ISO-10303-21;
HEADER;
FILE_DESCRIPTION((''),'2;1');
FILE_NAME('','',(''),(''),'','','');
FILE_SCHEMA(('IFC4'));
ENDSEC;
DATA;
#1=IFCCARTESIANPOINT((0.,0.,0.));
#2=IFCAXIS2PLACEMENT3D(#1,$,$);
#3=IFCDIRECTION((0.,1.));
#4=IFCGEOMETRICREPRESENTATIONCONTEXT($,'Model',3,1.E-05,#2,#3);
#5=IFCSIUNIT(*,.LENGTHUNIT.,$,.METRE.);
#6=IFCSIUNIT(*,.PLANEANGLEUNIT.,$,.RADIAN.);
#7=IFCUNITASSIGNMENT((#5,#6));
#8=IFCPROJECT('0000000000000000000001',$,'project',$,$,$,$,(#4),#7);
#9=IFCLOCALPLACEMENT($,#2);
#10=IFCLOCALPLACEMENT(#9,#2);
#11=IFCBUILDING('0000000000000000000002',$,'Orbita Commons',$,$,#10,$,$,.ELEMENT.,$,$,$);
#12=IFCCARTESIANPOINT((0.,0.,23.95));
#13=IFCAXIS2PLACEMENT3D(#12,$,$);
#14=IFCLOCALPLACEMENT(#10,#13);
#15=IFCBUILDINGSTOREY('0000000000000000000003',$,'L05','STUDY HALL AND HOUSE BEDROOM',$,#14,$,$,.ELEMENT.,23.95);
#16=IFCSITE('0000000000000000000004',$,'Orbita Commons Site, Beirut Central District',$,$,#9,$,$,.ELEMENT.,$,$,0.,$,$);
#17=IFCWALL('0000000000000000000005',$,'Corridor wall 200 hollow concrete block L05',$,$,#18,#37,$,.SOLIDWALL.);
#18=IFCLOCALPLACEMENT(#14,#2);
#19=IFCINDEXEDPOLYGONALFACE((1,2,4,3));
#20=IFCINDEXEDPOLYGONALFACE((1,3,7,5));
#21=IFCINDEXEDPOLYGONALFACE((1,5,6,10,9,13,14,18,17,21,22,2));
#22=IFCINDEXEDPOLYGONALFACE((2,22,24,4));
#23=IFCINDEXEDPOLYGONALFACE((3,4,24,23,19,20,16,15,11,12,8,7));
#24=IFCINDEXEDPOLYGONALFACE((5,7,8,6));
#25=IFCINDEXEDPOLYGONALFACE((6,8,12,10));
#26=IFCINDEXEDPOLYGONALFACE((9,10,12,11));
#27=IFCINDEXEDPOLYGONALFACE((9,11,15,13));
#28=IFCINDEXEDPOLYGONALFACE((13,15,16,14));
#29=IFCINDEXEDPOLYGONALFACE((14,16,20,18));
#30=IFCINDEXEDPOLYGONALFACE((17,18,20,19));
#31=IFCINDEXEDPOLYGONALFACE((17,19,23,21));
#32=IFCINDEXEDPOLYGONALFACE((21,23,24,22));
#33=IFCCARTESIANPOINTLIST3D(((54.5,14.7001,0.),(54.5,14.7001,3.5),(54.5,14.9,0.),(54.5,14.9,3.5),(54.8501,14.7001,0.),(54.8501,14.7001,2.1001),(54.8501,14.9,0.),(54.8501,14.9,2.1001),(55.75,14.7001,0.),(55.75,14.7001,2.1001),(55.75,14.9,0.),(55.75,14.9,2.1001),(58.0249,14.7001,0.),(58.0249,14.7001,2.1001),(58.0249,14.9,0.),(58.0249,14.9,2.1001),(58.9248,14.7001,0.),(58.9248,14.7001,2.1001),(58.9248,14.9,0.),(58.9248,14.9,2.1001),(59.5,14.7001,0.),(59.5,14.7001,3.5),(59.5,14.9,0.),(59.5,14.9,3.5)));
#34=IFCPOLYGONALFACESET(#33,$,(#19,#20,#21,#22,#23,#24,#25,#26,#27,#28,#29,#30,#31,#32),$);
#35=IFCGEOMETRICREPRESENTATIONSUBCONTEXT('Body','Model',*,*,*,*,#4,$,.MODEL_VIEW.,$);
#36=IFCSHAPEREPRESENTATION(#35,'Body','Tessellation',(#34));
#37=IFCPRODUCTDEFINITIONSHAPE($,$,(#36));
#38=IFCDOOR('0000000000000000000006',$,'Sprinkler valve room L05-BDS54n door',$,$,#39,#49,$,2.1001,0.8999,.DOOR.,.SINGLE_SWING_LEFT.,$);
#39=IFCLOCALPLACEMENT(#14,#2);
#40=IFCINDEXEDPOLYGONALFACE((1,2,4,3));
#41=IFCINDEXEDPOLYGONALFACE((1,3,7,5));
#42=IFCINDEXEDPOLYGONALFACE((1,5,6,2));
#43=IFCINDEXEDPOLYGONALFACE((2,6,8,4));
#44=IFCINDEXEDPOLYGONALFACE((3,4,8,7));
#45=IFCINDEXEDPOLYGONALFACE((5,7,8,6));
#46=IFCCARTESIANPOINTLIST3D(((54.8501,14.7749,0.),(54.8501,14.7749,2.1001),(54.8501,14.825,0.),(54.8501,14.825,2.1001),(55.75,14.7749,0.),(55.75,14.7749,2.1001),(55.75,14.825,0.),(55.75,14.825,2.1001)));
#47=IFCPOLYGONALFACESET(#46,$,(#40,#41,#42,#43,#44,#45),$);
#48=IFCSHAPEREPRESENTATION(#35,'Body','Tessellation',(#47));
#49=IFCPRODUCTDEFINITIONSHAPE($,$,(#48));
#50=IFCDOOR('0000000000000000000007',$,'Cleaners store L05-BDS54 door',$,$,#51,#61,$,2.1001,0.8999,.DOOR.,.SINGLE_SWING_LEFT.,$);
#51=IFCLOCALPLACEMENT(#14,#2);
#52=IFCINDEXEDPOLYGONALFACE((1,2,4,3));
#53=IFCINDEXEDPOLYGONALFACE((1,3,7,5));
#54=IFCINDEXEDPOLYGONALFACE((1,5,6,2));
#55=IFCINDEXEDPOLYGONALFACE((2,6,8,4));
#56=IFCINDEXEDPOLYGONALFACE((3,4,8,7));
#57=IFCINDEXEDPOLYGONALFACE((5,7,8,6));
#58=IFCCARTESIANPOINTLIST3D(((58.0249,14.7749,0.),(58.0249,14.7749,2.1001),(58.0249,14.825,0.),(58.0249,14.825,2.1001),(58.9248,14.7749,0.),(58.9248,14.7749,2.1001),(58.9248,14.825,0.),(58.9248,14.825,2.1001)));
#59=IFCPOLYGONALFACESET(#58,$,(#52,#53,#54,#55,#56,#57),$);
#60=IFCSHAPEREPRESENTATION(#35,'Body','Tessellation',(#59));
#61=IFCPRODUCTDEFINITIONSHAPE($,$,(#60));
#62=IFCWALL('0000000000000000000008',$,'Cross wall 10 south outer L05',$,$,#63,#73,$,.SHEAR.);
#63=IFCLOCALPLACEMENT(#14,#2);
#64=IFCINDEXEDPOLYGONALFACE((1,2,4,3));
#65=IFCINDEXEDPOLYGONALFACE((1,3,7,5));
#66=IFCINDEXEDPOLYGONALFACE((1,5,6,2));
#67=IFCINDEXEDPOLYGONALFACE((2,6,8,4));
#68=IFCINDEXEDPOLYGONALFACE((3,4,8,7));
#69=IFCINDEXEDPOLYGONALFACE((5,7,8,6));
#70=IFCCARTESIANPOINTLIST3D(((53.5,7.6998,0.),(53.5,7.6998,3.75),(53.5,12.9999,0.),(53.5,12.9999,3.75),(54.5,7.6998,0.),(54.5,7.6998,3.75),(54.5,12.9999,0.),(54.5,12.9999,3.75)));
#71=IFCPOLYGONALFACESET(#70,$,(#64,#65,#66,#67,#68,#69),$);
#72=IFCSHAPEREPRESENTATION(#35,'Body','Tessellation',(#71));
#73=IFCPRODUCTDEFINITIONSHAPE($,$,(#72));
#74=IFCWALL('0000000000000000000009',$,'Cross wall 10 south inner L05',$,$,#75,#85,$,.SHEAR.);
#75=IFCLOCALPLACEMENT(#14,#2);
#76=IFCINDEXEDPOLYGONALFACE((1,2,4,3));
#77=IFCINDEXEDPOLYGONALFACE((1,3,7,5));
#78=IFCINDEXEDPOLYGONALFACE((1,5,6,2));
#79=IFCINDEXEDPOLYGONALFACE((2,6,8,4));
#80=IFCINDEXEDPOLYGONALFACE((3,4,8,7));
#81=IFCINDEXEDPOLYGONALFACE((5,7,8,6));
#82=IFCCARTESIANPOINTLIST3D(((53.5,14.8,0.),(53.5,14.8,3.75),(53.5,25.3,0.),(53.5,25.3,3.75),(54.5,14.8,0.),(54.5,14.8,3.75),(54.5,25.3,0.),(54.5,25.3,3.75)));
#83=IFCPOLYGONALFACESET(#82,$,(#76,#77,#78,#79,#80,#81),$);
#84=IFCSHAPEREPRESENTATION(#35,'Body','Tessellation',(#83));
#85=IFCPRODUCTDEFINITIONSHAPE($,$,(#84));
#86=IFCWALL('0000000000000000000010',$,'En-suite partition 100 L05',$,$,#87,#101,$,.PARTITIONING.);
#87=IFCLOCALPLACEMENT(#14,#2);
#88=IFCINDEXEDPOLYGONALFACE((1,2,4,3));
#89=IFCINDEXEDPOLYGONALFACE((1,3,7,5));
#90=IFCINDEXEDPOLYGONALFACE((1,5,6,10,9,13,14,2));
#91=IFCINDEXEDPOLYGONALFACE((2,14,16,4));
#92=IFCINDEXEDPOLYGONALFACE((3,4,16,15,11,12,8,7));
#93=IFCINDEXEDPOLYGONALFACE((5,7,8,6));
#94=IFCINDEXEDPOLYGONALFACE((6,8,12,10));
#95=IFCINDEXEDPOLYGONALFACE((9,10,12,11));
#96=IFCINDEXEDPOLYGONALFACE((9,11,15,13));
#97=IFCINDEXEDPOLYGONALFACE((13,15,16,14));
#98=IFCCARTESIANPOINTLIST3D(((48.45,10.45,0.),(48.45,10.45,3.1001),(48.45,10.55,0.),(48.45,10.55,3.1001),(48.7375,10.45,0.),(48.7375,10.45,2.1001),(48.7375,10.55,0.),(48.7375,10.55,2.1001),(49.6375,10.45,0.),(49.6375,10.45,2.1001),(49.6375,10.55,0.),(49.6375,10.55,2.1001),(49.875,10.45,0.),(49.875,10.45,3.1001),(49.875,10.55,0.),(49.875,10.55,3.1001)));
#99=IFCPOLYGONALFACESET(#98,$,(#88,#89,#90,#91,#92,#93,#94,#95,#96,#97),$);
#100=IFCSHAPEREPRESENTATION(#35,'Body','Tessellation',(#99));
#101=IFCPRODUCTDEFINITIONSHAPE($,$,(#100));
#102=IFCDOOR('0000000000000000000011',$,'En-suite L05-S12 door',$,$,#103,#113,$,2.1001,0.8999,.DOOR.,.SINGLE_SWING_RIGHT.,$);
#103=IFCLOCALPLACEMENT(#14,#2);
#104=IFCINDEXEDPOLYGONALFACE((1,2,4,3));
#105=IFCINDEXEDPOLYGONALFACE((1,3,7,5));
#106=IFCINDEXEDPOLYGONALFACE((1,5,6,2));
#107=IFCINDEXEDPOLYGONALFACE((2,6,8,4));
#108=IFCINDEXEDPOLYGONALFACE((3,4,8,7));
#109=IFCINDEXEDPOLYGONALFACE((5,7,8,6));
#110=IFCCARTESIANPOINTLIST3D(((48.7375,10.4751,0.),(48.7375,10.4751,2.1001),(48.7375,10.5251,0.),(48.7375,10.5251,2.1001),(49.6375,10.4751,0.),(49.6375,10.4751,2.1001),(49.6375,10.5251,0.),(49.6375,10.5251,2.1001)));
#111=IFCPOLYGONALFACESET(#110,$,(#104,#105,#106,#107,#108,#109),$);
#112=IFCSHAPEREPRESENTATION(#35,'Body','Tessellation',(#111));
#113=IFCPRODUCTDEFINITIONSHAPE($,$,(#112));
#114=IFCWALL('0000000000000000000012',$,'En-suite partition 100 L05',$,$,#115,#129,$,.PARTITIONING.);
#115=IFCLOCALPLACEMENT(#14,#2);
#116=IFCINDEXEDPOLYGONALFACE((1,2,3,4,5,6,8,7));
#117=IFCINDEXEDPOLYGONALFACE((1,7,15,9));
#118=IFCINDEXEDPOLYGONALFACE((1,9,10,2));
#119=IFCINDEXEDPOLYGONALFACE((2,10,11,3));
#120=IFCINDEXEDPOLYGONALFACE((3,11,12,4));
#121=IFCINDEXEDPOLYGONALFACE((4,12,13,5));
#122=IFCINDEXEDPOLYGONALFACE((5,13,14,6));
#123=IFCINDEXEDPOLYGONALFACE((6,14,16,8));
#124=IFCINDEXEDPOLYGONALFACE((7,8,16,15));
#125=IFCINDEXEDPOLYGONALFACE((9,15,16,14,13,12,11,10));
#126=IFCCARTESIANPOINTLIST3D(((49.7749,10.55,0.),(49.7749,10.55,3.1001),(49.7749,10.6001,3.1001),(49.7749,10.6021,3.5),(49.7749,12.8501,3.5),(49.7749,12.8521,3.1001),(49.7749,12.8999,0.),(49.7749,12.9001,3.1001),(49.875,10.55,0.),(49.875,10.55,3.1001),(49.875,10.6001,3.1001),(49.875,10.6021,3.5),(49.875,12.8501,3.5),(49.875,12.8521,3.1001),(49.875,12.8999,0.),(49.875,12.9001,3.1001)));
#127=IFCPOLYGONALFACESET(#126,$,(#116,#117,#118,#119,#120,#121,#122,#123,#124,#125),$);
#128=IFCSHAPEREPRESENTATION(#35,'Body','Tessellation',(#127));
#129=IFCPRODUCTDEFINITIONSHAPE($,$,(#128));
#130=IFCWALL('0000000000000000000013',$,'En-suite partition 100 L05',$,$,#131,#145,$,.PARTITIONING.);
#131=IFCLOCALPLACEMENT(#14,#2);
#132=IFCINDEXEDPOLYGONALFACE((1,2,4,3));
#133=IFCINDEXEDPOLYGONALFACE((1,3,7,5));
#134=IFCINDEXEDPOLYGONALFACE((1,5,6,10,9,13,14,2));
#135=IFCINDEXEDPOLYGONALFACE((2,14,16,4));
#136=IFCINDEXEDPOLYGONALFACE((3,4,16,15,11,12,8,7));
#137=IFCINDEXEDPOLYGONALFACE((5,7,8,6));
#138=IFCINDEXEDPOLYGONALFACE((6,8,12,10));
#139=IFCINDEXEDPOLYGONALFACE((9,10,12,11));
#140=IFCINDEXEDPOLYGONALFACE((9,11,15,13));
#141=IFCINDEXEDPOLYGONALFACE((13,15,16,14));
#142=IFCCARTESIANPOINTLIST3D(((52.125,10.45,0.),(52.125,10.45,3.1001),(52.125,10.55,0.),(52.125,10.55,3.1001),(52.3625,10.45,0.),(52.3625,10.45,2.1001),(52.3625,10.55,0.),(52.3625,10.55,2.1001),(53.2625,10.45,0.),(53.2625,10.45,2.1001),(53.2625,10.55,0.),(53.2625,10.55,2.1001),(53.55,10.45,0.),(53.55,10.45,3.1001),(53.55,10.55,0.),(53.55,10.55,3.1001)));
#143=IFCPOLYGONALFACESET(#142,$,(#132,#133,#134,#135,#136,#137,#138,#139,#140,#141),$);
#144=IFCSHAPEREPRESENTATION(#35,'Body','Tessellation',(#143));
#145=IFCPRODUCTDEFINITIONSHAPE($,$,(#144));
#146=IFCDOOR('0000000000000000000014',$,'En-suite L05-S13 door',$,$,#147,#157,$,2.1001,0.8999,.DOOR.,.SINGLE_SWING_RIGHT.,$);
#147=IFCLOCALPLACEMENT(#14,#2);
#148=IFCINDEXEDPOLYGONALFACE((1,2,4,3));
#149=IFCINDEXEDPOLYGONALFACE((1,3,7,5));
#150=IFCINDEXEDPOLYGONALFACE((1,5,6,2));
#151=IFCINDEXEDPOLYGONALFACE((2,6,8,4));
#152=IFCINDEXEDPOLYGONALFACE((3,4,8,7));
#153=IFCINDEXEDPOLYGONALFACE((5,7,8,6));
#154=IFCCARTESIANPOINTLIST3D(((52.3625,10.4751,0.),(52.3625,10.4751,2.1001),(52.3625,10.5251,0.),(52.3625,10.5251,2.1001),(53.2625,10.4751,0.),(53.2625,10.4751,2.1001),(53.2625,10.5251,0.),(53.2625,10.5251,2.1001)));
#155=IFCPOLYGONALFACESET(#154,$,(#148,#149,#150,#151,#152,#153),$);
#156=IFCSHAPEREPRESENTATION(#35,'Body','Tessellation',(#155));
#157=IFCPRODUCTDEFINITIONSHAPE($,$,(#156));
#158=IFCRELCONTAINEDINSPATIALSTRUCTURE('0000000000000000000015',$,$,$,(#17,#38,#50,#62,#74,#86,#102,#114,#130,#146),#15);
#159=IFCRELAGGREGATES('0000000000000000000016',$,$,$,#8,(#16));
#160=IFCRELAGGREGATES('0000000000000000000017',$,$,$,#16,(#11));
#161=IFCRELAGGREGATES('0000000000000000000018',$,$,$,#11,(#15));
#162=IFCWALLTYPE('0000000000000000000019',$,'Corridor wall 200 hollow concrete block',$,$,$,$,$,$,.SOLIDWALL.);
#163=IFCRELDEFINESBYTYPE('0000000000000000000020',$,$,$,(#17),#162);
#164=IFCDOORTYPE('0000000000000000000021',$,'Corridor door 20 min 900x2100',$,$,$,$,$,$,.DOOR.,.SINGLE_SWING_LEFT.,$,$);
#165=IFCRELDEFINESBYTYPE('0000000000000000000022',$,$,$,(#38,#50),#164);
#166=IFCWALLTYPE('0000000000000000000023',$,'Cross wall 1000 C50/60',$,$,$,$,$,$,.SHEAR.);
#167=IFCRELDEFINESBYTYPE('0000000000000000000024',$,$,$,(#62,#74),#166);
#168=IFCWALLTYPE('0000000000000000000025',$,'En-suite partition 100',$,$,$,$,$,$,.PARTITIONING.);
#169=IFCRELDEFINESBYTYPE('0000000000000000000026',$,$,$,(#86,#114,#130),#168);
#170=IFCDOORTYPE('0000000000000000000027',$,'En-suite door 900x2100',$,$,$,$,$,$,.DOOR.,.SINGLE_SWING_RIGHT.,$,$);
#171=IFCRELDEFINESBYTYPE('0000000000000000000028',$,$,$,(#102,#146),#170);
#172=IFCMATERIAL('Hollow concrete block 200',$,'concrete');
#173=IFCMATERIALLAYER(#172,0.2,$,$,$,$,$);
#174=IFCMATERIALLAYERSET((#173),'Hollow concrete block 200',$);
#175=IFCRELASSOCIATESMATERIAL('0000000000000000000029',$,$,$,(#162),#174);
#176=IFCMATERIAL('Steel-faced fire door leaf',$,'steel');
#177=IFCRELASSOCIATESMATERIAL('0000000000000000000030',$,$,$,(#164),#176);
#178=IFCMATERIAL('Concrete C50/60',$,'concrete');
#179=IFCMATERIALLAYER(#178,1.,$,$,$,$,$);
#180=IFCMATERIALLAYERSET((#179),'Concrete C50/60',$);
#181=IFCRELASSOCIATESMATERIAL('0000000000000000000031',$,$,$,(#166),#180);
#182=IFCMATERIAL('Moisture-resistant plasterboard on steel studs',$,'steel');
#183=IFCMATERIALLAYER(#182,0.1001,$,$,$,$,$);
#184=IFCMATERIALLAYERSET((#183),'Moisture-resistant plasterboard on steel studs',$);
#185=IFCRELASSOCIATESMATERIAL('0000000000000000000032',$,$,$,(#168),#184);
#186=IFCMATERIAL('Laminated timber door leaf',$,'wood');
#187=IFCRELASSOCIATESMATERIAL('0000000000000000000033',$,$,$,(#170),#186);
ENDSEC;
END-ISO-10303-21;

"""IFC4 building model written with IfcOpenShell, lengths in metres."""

from ifc_helpers import new_model, si_unit, direction, frame, frame_2d, origin, place, context, subcontext, project, spatial, polyline, rectangle, outline, extrude, material, layer, layer_set, type_object, element, fill, save


model = new_model("IFC4")

# Units and contexts
model_context = context("Model", 3, precision=1e-05, world=origin(), true_north=direction((0.0, 1.0)))
body_context = subcontext(model_context, "Body", "Model", "MODEL_VIEW")
ifc_project = project(units=[si_unit("LENGTHUNIT", "METRE"), si_unit("PLANEANGLEUNIT", "RADIAN")], contexts=[model_context])

# Site, building, storey
site_placement = place(None, origin())
site = spatial("IfcSite", under=ifc_project, at=site_placement, Name="Orbita Commons Site, Beirut Central District", CompositionType="ELEMENT", RefElevation=0.0)
building_placement = place(site_placement, origin())
building = spatial("IfcBuilding", under=site, at=building_placement, Name="Orbita Commons", CompositionType="ELEMENT")
storey_placement = place(building_placement, frame((0.0, 0.0, 23.95)))
storey = spatial("IfcBuildingStorey", under=building, at=storey_placement, Name="L05", Description="STUDY HALL AND HOUSE BEDROOM", CompositionType="ELEMENT", Elevation=23.95)

# Shared definitions
ifc_material_1 = material(Name="Hollow concrete block 200", Category="concrete")
ifc_layer_1 = layer(ifc_material_1, 0.2)
ifc_layer_set_1 = layer_set([ifc_layer_1], Name="Hollow concrete block 200")
wall_type_1 = type_object("IfcWallType", Name="Corridor wall 200 hollow concrete block", PredefinedType="SOLIDWALL", material=ifc_layer_set_1)

# Wall, openings, doors
wall_1_placement = place(storey_placement, frame((54.5, 14.8, 0.0), z_axis=(0.0, 0.0, 1.0), x_axis=(1.0, 0.0, 0.0)))
wall_1 = element("IfcWall", 1, at=wall_1_placement, inside=storey, type_object=wall_type_1, Name="Corridor wall 200 hollow concrete block L05", PredefinedType="SOLIDWALL", context=body_context, shape_type="SweptSolid", body=[
    extrude(rectangle(XDim=5.0, YDim=0.2, at=frame_2d((2.5, 0.0))), origin(), (0.0, 0.0, 1.0), 3.5),
])
opening_1_placement = place(wall_1_placement, frame((0.3501, 0.0, 0.0)))
opening_1 = element("IfcOpeningElement", 2, at=opening_1_placement, cuts=wall_1, PredefinedType="OPENING", context=body_context, shape_type="SweptSolid", body=[
    extrude(rectangle(XDim=0.8999, YDim=2.1001, at=frame_2d((0.45, 1.05))), frame((0.0, 0.1099, 0.0), z_axis=(0.0, -1.0, 0.0), x_axis=(1.0, 0.0, 0.0)), (0.0, 0.0, 1.0), 0.22),
])
opening_2_placement = place(wall_1_placement, frame((3.5249, 0.0, 0.0)))
opening_2 = element("IfcOpeningElement", 3, at=opening_2_placement, cuts=wall_1, PredefinedType="OPENING", context=body_context, shape_type="SweptSolid", body=[
    extrude(rectangle(XDim=0.8999, YDim=2.1001, at=frame_2d((0.45, 1.05))), frame((0.0, 0.1099, 0.0), z_axis=(0.0, -1.0, 0.0), x_axis=(1.0, 0.0, 0.0)), (0.0, 0.0, 1.0), 0.22),
])
ifc_material_2 = material(Name="Steel-faced fire door leaf", Category="steel")
door_type_1 = type_object("IfcDoorType", Name="Corridor door 20 min 900x2100", OperationType="SINGLE_SWING_LEFT", PredefinedType="DOOR", material=ifc_material_2)
door_1_placement = place(opening_1_placement, origin())
door_1 = element("IfcDoor", 4, at=door_1_placement, inside=storey, type_object=door_type_1, Name="Sprinkler valve room L05-BDS54n door", OperationType="SINGLE_SWING_LEFT", OverallHeight=2.1001, OverallWidth=0.8999, PredefinedType="DOOR", context=body_context, shape_type="SweptSolid", body=[
    extrude(rectangle(XDim=0.8999, YDim=2.1001, at=frame_2d((0.45, 1.05))), frame((0.0, 0.0249, 0.0), z_axis=(0.0, -1.0, 0.0), x_axis=(1.0, 0.0, 0.0)), (0.0, 0.0, 1.0), 0.05),
])
fill(opening_1, door_1)
door_2_placement = place(opening_2_placement, origin())
door_2 = element("IfcDoor", 5, at=door_2_placement, inside=storey, type_object=door_type_1, Name="Cleaners store L05-BDS54 door", OperationType="SINGLE_SWING_LEFT", OverallHeight=2.1001, OverallWidth=0.8999, PredefinedType="DOOR", context=body_context, shape_type="SweptSolid", body=[
    extrude(rectangle(XDim=0.8999, YDim=2.1001, at=frame_2d((0.45, 1.05))), frame((0.0, 0.0249, 0.0), z_axis=(0.0, -1.0, 0.0), x_axis=(1.0, 0.0, 0.0)), (0.0, 0.0, 1.0), 0.05),
])
fill(opening_2, door_2)

# Walls
ifc_material_3 = material(Name="Concrete C50/60", Category="concrete")
ifc_layer_2 = layer(ifc_material_3, 1.0)
ifc_layer_set_2 = layer_set([ifc_layer_2], Name="Concrete C50/60")
wall_type_2 = type_object("IfcWallType", Name="Cross wall 1000 C50/60", PredefinedType="SHEAR", material=ifc_layer_set_2)
wall_2_placement = place(storey_placement, frame((54.0, 7.7, 0.0), z_axis=(0.0, 0.0, 1.0), x_axis=(0.0, 1.0, 0.0)))
element("IfcWall", 6, at=wall_2_placement, inside=storey, type_object=wall_type_2, Name="Cross wall 10 south outer L05", PredefinedType="SHEAR", context=body_context, shape_type="SweptSolid", body=[
    extrude(rectangle(XDim=5.3, YDim=1.0, at=frame_2d((2.6499, 0.0))), origin(), (0.0, 0.0, 1.0), 3.75),
])
wall_3_placement = place(storey_placement, frame((54.0, 14.8, 0.0), z_axis=(0.0, 0.0, 1.0), x_axis=(0.0, 1.0, 0.0)))
element("IfcWall", 7, at=wall_3_placement, inside=storey, type_object=wall_type_2, Name="Cross wall 10 south inner L05", PredefinedType="SHEAR", context=body_context, shape_type="SweptSolid", body=[
    extrude(rectangle(XDim=10.5, YDim=1.0, at=frame_2d((5.25, 0.0))), origin(), (0.0, 0.0, 1.0), 3.75),
])

# Wall, opening, door
ifc_material_4 = material(Name="Moisture-resistant plasterboard on steel studs", Category="steel")
ifc_layer_3 = layer(ifc_material_4, 0.1001)
ifc_layer_set_3 = layer_set([ifc_layer_3], Name="Moisture-resistant plasterboard on steel studs")
wall_type_3 = type_object("IfcWallType", Name="En-suite partition 100", PredefinedType="PARTITIONING", material=ifc_layer_set_3)
wall_4_placement = place(storey_placement, frame((49.875, 10.5, 0.0), z_axis=(0.0, 0.0, 1.0), x_axis=(-1.0, 0.0, 0.0)))
wall_4 = element("IfcWall", 8, at=wall_4_placement, inside=storey, type_object=wall_type_3, Name="En-suite partition 100 L05", PredefinedType="PARTITIONING", context=body_context, shape_type="SweptSolid", body=[
    extrude(outline(polyline([(0.0, 0.0), (1.425, 0.0), (1.425, 3.1001), (0.0, 3.1001), (0.0, 0.0)])), frame((0.0, 0.05, 0.0), z_axis=(0.0, -1.0, 0.0), x_axis=(1.0, 0.0, 0.0)), (0.0, 0.0, 1.0), 0.1001),
])
opening_3_placement = place(wall_4_placement, frame((0.2375, 0.0, 0.0)))
opening_3 = element("IfcOpeningElement", 9, at=opening_3_placement, cuts=wall_4, PredefinedType="OPENING", context=body_context, shape_type="SweptSolid", body=[
    extrude(rectangle(XDim=0.8999, YDim=2.1001, at=frame_2d((0.45, 1.05))), frame((0.0, 0.0601, 0.0), z_axis=(0.0, -1.0, 0.0), x_axis=(1.0, 0.0, 0.0)), (0.0, 0.0, 1.0), 0.1201),
])
ifc_material_5 = material(Name="Laminated timber door leaf", Category="wood")
door_type_2 = type_object("IfcDoorType", Name="En-suite door 900x2100", OperationType="SINGLE_SWING_RIGHT", PredefinedType="DOOR", material=ifc_material_5)
door_3_placement = place(opening_3_placement, origin())
door_3 = element("IfcDoor", 10, at=door_3_placement, inside=storey, type_object=door_type_2, Name="En-suite L05-S12 door", OperationType="SINGLE_SWING_RIGHT", OverallHeight=2.1001, OverallWidth=0.8999, PredefinedType="DOOR", context=body_context, shape_type="SweptSolid", body=[
    extrude(rectangle(XDim=0.8999, YDim=2.1001, at=frame_2d((0.45, 1.05))), frame((0.0, 0.0249, 0.0), z_axis=(0.0, -1.0, 0.0), x_axis=(1.0, 0.0, 0.0)), (0.0, 0.0, 1.0), 0.05),
])
fill(opening_3, door_3)

# Wall
wall_5_placement = place(storey_placement, frame((49.825, 10.55, 0.0), z_axis=(0.0, 0.0, 1.0), x_axis=(0.0, 1.0, 0.0)))
element("IfcWall", 11, at=wall_5_placement, inside=storey, type_object=wall_type_3, Name="En-suite partition 100 L05", PredefinedType="PARTITIONING", context=body_context, shape_type="SweptSolid", body=[
    extrude(outline(polyline([(0.0, 0.0), (2.3499, 0.0), (2.3501, 3.1001), (2.302, 3.1001), (2.3, 3.5), (0.052, 3.5), (0.05, 3.1001), (0.0, 3.1001), (0.0, 0.0)])), frame((0.0, 0.05, 0.0), z_axis=(0.0, -1.0, 0.0), x_axis=(1.0, 0.0, 0.0)), (0.0, 0.0, 1.0), 0.1001),
])

# Wall, opening, door
wall_6_placement = place(storey_placement, frame((53.55, 10.5, 0.0), z_axis=(0.0, 0.0, 1.0), x_axis=(-1.0, 0.0, 0.0)))
wall_6 = element("IfcWall", 12, at=wall_6_placement, inside=storey, type_object=wall_type_3, Name="En-suite partition 100 L05", PredefinedType="PARTITIONING", context=body_context, shape_type="SweptSolid", body=[
    extrude(outline(polyline([(0.0, 0.0), (1.425, 0.0), (1.425, 3.1001), (0.0, 3.1001), (0.0, 0.0)])), frame((0.0, 0.05, 0.0), z_axis=(0.0, -1.0, 0.0), x_axis=(1.0, 0.0, 0.0)), (0.0, 0.0, 1.0), 0.1001),
])
opening_4_placement = place(wall_6_placement, frame((0.2876, 0.0, 0.0)))
opening_4 = element("IfcOpeningElement", 13, at=opening_4_placement, cuts=wall_6, PredefinedType="OPENING", context=body_context, shape_type="SweptSolid", body=[
    extrude(rectangle(XDim=0.8999, YDim=2.1001, at=frame_2d((0.45, 1.05))), frame((0.0, 0.0601, 0.0), z_axis=(0.0, -1.0, 0.0), x_axis=(1.0, 0.0, 0.0)), (0.0, 0.0, 1.0), 0.1201),
])
door_4_placement = place(opening_4_placement, origin())
door_4 = element("IfcDoor", 14, at=door_4_placement, inside=storey, type_object=door_type_2, Name="En-suite L05-S13 door", OperationType="SINGLE_SWING_RIGHT", OverallHeight=2.1001, OverallWidth=0.8999, PredefinedType="DOOR", context=body_context, shape_type="SweptSolid", body=[
    extrude(rectangle(XDim=0.8999, YDim=2.1001, at=frame_2d((0.45, 1.05))), frame((0.0, 0.0249, 0.0), z_axis=(0.0, -1.0, 0.0), x_axis=(1.0, 0.0, 0.0)), (0.0, 0.0, 1.0), 0.05),
])
fill(opening_4, door_4)

save(model, "model.ifc")
